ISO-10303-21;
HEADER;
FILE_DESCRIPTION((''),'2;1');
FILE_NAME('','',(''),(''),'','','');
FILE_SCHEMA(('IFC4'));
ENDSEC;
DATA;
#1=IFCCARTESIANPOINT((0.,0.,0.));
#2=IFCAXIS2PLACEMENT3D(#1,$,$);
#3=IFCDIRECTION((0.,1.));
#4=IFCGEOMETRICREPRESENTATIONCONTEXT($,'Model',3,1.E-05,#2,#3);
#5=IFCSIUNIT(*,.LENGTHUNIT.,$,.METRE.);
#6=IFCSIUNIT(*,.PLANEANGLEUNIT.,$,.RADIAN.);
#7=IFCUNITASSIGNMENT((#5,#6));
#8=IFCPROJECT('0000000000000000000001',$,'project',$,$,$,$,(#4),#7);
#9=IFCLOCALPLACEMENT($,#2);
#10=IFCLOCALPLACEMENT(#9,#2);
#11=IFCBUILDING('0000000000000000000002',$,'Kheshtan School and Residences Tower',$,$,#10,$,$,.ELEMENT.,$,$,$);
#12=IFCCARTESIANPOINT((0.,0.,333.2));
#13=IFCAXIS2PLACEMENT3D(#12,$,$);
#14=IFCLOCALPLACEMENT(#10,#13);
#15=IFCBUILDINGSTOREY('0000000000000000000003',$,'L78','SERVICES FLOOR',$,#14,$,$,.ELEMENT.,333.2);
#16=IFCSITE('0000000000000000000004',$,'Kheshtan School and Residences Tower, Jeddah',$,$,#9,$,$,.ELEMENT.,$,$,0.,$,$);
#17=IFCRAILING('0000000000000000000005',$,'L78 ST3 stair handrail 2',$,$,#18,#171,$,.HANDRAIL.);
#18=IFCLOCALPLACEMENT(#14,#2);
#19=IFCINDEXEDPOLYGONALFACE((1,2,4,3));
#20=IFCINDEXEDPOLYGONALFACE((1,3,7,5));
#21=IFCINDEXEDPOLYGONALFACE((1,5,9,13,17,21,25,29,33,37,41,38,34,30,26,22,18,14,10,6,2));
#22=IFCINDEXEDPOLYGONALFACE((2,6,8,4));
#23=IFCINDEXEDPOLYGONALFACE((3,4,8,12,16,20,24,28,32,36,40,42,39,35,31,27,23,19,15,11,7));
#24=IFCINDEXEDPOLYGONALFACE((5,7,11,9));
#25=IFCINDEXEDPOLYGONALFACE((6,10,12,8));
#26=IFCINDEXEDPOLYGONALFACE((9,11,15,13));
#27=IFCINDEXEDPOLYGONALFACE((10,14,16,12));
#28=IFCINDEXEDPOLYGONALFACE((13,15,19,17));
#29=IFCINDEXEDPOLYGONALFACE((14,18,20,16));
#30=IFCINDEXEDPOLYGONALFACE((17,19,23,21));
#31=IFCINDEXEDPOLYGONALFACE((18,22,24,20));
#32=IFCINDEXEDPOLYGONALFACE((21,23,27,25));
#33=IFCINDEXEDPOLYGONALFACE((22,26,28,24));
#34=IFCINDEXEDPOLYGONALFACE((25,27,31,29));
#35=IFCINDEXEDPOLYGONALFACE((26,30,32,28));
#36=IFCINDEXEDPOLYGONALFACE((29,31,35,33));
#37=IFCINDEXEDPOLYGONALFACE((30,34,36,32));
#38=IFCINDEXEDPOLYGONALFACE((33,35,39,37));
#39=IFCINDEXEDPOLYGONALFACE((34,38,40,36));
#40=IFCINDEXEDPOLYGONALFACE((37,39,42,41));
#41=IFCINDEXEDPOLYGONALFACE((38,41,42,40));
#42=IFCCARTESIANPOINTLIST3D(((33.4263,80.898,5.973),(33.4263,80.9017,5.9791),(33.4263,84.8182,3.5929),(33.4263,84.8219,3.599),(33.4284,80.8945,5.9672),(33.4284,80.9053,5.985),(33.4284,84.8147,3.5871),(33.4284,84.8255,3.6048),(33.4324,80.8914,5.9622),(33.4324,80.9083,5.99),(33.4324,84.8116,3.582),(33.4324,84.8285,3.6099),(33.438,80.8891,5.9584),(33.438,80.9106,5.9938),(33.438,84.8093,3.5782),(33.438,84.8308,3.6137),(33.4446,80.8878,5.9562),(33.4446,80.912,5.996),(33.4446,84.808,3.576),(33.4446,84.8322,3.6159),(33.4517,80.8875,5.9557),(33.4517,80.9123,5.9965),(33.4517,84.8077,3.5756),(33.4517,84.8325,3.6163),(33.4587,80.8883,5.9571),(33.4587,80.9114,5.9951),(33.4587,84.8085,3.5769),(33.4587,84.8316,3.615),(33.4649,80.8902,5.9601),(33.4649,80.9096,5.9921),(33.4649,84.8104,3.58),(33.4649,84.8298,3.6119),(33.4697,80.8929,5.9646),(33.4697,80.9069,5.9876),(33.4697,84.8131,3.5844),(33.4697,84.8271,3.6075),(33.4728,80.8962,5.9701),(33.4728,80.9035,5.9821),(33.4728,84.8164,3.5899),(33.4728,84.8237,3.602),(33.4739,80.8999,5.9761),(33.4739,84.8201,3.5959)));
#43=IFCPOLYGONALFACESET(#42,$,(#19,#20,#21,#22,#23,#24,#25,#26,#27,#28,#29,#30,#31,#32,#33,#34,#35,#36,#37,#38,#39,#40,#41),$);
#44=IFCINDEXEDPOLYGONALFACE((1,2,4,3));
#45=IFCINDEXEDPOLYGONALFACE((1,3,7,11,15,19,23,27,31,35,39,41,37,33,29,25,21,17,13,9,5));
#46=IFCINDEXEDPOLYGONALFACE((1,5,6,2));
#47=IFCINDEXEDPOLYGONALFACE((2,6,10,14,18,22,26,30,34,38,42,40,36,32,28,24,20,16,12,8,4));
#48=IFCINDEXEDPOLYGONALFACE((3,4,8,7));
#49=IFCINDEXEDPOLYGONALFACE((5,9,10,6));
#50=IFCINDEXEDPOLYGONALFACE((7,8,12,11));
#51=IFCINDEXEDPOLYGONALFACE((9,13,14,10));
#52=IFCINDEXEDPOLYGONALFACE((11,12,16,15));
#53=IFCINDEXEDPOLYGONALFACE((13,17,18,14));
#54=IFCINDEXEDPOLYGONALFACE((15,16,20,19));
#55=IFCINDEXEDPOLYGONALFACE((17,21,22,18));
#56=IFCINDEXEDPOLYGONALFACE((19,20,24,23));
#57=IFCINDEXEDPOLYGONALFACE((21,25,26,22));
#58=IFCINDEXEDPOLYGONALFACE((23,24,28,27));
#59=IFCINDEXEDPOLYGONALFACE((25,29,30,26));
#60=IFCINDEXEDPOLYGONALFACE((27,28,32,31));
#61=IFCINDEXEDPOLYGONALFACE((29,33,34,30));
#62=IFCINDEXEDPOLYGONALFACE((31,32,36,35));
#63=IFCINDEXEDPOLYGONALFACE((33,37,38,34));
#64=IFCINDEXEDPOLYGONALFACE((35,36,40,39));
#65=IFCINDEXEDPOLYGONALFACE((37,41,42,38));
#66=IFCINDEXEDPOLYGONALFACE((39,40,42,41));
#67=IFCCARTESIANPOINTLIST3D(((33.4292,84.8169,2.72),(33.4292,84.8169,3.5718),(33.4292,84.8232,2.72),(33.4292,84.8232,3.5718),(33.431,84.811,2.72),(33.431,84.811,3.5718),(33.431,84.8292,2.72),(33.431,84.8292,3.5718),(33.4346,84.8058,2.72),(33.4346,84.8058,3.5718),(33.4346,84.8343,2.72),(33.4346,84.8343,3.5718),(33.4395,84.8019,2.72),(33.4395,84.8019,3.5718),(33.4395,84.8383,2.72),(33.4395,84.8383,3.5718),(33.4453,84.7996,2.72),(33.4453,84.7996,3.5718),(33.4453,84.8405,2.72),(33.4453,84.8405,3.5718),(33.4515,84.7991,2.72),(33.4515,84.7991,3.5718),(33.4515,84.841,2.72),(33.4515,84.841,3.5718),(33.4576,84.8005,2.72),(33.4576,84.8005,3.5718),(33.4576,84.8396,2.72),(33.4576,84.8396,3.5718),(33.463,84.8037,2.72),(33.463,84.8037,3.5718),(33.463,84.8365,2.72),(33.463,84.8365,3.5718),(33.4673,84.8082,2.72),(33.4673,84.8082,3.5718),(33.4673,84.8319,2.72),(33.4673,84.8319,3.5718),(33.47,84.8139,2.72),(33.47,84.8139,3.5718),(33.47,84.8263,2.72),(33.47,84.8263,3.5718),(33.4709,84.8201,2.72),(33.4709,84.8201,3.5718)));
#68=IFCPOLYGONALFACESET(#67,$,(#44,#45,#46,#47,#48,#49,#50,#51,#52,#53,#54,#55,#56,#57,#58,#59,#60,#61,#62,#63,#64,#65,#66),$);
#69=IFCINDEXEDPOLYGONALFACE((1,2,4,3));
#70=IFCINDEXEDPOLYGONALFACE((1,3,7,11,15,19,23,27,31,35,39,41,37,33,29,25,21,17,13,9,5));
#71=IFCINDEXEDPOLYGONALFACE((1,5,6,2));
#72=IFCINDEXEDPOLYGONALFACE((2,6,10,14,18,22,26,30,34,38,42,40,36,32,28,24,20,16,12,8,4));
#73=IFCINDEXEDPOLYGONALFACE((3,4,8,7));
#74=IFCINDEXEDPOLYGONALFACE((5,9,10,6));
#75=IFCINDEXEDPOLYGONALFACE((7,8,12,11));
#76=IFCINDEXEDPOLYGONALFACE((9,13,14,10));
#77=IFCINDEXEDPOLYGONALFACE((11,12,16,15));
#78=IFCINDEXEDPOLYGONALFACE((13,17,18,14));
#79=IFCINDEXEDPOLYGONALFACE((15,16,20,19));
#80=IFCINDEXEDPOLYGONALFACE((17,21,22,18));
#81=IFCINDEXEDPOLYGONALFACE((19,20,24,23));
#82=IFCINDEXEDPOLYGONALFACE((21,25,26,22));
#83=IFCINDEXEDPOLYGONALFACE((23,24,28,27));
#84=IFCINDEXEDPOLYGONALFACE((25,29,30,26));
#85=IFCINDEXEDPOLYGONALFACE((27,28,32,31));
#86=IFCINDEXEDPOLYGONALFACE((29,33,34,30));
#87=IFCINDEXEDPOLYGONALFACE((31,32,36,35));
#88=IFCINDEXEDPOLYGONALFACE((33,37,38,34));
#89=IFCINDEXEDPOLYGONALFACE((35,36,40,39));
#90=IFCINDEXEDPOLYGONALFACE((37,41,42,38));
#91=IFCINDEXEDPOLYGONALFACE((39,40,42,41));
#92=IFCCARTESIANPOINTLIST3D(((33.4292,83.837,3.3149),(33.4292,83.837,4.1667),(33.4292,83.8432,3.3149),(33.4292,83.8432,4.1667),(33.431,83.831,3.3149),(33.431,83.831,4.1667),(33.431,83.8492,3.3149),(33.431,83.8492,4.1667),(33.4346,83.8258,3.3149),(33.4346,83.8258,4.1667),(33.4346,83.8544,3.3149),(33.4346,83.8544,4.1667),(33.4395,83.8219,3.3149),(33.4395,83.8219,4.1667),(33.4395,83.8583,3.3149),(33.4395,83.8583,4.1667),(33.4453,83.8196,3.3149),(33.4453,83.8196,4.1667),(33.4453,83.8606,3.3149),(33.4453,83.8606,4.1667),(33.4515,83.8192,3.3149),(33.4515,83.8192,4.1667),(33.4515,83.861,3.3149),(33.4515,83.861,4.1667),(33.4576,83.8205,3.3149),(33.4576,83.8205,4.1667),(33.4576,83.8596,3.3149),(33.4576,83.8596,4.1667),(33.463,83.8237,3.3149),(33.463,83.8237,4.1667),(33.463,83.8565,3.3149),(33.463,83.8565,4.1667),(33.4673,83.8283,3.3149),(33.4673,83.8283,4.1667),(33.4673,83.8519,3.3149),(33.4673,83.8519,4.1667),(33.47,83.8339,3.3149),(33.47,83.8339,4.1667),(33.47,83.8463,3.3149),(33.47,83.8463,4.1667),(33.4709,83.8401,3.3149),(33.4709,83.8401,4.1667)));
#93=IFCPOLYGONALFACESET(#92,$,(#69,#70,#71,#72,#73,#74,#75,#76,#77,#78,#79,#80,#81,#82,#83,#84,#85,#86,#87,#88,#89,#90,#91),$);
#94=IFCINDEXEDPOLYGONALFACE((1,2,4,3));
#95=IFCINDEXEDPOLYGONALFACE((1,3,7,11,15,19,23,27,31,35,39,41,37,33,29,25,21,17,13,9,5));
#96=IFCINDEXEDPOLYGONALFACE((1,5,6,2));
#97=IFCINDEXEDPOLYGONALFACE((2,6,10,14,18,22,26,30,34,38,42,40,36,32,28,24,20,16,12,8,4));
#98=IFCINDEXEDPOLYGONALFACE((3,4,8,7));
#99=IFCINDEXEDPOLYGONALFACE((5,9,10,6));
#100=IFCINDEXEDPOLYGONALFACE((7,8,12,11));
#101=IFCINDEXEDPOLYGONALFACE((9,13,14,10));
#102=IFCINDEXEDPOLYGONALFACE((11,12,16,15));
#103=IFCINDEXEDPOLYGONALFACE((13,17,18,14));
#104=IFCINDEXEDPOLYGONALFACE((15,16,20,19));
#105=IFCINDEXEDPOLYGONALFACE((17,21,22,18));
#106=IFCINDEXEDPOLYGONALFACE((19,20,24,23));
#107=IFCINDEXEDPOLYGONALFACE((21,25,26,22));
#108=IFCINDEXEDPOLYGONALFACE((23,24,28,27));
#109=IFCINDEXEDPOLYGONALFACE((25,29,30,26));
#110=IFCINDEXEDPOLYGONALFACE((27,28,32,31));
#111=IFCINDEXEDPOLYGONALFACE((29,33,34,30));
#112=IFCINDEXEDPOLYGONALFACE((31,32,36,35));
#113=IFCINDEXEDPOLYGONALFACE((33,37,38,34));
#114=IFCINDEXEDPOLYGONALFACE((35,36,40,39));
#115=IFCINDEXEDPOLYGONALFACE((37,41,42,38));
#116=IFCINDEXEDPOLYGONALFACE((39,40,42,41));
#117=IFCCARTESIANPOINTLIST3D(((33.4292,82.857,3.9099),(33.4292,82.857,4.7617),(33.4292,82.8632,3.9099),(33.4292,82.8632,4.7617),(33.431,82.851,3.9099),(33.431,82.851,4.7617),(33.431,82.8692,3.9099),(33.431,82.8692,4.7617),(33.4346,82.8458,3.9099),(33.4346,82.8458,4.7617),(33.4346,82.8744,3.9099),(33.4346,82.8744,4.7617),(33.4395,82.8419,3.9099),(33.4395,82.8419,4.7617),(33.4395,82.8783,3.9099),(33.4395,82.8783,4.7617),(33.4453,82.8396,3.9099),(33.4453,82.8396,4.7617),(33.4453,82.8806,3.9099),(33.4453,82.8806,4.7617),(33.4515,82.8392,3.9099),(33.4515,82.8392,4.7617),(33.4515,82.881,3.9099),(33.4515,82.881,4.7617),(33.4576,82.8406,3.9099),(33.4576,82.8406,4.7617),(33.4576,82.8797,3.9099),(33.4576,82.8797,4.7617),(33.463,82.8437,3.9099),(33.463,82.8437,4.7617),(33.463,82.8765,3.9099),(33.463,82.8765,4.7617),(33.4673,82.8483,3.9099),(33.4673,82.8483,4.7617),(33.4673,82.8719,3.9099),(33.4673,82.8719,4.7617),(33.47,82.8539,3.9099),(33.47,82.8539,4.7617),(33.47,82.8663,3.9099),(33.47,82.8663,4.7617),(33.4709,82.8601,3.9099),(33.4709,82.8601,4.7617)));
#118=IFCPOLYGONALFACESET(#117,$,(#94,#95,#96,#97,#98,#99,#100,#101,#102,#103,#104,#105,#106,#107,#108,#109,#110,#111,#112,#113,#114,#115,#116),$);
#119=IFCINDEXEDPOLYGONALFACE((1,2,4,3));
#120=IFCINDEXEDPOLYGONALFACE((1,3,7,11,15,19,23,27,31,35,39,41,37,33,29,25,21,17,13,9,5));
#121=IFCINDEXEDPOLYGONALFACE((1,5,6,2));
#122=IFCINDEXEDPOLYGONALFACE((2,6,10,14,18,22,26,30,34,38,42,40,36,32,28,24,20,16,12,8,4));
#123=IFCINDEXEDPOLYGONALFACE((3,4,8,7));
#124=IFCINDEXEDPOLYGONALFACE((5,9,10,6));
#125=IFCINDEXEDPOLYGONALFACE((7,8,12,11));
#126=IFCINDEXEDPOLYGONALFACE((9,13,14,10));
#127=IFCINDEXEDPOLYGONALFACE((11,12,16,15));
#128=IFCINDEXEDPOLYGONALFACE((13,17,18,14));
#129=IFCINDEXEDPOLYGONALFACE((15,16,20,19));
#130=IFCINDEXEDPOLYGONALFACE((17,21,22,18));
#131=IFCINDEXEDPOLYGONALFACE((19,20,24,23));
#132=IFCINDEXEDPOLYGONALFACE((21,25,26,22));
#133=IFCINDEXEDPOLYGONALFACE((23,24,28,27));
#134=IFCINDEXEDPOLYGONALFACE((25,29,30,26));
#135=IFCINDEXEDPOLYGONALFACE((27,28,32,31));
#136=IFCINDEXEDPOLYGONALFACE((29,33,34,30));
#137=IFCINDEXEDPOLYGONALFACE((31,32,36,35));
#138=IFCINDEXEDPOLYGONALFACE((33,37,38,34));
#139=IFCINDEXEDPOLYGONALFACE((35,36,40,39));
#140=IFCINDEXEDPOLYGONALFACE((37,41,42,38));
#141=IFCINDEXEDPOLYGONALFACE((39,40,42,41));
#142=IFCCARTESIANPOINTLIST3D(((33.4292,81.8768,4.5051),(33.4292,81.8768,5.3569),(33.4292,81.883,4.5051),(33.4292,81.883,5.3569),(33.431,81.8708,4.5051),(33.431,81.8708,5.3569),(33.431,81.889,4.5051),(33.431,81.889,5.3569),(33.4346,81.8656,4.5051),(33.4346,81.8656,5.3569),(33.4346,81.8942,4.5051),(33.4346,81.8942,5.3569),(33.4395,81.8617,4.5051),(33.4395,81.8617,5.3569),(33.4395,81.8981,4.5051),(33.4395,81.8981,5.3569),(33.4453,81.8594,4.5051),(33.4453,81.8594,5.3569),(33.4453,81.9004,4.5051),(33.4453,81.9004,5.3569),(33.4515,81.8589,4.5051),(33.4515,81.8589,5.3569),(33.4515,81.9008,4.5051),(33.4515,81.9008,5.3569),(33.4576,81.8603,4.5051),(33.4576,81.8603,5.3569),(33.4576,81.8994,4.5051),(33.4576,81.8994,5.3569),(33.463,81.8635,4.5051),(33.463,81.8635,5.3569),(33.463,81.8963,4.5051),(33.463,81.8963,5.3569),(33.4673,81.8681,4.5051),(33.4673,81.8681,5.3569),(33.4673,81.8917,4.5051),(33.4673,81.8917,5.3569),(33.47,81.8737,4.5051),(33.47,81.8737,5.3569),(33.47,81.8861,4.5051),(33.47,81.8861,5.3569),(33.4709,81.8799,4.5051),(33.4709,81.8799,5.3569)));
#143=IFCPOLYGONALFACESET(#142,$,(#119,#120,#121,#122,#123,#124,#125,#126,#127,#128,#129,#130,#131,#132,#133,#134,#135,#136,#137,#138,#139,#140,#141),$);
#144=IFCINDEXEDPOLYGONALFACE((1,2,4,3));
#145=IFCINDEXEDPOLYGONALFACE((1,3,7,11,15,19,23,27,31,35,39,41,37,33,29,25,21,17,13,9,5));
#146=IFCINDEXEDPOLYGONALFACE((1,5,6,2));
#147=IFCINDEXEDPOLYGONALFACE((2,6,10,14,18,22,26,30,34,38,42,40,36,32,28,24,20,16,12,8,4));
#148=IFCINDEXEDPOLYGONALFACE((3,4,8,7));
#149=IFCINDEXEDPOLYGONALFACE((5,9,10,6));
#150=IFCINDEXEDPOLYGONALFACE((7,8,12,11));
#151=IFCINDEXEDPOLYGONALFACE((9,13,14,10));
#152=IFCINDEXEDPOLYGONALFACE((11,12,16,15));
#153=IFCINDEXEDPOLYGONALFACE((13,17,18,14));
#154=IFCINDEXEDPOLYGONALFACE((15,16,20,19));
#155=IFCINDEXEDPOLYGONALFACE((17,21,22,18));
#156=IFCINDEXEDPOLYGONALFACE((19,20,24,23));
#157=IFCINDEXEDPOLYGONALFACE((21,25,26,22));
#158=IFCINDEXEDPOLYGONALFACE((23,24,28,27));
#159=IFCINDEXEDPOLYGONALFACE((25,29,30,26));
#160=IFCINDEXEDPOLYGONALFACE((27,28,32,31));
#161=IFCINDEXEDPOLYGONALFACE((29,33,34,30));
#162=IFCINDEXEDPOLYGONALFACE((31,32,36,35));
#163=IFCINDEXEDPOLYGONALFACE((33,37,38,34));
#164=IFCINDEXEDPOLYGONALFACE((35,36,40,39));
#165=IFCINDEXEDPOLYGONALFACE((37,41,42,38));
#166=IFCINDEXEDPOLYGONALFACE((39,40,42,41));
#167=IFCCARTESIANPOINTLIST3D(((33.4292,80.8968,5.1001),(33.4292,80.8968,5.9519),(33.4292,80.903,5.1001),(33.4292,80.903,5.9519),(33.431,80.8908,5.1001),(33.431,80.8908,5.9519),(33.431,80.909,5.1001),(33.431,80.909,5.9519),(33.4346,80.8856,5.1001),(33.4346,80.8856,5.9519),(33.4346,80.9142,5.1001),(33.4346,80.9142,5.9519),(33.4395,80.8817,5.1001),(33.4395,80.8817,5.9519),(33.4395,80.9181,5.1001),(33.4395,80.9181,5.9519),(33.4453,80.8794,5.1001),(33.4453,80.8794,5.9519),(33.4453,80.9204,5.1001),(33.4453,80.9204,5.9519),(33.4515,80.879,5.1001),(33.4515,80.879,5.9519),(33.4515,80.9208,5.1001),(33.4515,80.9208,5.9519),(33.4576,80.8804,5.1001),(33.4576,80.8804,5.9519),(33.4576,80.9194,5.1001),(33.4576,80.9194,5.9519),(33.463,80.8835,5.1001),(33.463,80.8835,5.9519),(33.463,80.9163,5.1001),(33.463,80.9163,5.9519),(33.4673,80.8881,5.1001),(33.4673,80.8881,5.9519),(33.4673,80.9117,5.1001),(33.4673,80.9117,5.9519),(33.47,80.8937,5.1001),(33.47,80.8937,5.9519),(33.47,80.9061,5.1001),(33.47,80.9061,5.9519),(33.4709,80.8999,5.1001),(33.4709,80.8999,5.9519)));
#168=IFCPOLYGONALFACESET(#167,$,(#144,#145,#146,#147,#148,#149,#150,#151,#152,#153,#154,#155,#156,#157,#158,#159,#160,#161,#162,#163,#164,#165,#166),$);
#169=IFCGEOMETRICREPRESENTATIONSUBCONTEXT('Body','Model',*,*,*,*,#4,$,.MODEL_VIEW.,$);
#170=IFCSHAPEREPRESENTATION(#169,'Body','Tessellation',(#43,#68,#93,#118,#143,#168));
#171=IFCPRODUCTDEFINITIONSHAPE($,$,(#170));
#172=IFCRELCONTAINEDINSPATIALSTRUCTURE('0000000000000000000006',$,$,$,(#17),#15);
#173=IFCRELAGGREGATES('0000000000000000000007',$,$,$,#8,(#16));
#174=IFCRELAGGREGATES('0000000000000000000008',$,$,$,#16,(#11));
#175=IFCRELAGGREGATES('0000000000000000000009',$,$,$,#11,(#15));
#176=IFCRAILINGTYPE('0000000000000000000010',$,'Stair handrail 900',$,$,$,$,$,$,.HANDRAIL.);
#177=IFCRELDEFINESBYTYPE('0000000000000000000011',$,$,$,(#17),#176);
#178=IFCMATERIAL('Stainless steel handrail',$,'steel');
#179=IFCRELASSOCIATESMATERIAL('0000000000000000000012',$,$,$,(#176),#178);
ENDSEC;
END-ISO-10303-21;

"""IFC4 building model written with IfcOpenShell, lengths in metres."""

from ifc_helpers import new_model, si_unit, direction, frame, origin, origin_2d, place, context, subcontext, project, spatial, circle, extrude, material, type_object, element, save


model = new_model("IFC4")

# Units and contexts
model_context = context("Model", 3, precision=1e-05, world=origin(), true_north=direction((0.0, 1.0)))
body_context = subcontext(model_context, "Body", "Model", "MODEL_VIEW")
ifc_project = project(units=[si_unit("LENGTHUNIT", "METRE"), si_unit("PLANEANGLEUNIT", "RADIAN")], contexts=[model_context])

# Site, building, storey
site_placement = place(None, origin())
site = spatial("IfcSite", under=ifc_project, at=site_placement, Name="Kheshtan School and Residences Tower, Jeddah", CompositionType="ELEMENT", RefElevation=0.0)
building_placement = place(site_placement, origin())
building = spatial("IfcBuilding", under=site, at=building_placement, Name="Kheshtan School and Residences Tower", CompositionType="ELEMENT")
storey_placement = place(building_placement, frame((0.0, 0.0, 333.2)))
storey = spatial("IfcBuildingStorey", under=building, at=storey_placement, Name="L78", Description="SERVICES FLOOR", CompositionType="ELEMENT", Elevation=333.2)

# Railing
ifc_material_1 = material(Name="Stainless steel handrail", Category="steel")
railing_type_1 = type_object("IfcRailingType", Name="Stair handrail 900", PredefinedType="HANDRAIL", material=ifc_material_1)
railing_1_placement = place(storey_placement, frame((33.45, 84.8201, 2.72)))
element("IfcRailing", 1, at=railing_1_placement, inside=storey, type_object=railing_type_1, Name="L78 ST3 stair handrail 2", PredefinedType="HANDRAIL", context=body_context, shape_type="SweptSolid", body=[
    extrude(circle(Radius=0.0239, at=origin_2d()), frame((0.0, 0.0, 0.876), z_axis=(0.0, -0.854785, 0.518982), x_axis=(1.0, 0.0, 0.0)), (0.0, 0.0, 1.0), 4.5862),
    extrude(circle(Radius=0.021, at=origin_2d()), origin(), (0.0, 0.0, 1.0), 0.8518),
    extrude(circle(Radius=0.021, at=origin_2d()), frame((0.0, -0.98, 0.595)), (0.0, 0.0, 1.0), 0.8518),
    extrude(circle(Radius=0.021, at=origin_2d()), frame((0.0, -1.96, 1.1899)), (0.0, 0.0, 1.0), 0.8518),
    extrude(circle(Radius=0.021, at=origin_2d()), frame((0.0, -2.9402, 1.7852)), (0.0, 0.0, 1.0), 0.8518),
    extrude(circle(Radius=0.021, at=origin_2d()), frame((0.0, -3.9202, 2.3801)), (0.0, 0.0, 1.0), 0.8518),
])

save(model, "model.ifc")
